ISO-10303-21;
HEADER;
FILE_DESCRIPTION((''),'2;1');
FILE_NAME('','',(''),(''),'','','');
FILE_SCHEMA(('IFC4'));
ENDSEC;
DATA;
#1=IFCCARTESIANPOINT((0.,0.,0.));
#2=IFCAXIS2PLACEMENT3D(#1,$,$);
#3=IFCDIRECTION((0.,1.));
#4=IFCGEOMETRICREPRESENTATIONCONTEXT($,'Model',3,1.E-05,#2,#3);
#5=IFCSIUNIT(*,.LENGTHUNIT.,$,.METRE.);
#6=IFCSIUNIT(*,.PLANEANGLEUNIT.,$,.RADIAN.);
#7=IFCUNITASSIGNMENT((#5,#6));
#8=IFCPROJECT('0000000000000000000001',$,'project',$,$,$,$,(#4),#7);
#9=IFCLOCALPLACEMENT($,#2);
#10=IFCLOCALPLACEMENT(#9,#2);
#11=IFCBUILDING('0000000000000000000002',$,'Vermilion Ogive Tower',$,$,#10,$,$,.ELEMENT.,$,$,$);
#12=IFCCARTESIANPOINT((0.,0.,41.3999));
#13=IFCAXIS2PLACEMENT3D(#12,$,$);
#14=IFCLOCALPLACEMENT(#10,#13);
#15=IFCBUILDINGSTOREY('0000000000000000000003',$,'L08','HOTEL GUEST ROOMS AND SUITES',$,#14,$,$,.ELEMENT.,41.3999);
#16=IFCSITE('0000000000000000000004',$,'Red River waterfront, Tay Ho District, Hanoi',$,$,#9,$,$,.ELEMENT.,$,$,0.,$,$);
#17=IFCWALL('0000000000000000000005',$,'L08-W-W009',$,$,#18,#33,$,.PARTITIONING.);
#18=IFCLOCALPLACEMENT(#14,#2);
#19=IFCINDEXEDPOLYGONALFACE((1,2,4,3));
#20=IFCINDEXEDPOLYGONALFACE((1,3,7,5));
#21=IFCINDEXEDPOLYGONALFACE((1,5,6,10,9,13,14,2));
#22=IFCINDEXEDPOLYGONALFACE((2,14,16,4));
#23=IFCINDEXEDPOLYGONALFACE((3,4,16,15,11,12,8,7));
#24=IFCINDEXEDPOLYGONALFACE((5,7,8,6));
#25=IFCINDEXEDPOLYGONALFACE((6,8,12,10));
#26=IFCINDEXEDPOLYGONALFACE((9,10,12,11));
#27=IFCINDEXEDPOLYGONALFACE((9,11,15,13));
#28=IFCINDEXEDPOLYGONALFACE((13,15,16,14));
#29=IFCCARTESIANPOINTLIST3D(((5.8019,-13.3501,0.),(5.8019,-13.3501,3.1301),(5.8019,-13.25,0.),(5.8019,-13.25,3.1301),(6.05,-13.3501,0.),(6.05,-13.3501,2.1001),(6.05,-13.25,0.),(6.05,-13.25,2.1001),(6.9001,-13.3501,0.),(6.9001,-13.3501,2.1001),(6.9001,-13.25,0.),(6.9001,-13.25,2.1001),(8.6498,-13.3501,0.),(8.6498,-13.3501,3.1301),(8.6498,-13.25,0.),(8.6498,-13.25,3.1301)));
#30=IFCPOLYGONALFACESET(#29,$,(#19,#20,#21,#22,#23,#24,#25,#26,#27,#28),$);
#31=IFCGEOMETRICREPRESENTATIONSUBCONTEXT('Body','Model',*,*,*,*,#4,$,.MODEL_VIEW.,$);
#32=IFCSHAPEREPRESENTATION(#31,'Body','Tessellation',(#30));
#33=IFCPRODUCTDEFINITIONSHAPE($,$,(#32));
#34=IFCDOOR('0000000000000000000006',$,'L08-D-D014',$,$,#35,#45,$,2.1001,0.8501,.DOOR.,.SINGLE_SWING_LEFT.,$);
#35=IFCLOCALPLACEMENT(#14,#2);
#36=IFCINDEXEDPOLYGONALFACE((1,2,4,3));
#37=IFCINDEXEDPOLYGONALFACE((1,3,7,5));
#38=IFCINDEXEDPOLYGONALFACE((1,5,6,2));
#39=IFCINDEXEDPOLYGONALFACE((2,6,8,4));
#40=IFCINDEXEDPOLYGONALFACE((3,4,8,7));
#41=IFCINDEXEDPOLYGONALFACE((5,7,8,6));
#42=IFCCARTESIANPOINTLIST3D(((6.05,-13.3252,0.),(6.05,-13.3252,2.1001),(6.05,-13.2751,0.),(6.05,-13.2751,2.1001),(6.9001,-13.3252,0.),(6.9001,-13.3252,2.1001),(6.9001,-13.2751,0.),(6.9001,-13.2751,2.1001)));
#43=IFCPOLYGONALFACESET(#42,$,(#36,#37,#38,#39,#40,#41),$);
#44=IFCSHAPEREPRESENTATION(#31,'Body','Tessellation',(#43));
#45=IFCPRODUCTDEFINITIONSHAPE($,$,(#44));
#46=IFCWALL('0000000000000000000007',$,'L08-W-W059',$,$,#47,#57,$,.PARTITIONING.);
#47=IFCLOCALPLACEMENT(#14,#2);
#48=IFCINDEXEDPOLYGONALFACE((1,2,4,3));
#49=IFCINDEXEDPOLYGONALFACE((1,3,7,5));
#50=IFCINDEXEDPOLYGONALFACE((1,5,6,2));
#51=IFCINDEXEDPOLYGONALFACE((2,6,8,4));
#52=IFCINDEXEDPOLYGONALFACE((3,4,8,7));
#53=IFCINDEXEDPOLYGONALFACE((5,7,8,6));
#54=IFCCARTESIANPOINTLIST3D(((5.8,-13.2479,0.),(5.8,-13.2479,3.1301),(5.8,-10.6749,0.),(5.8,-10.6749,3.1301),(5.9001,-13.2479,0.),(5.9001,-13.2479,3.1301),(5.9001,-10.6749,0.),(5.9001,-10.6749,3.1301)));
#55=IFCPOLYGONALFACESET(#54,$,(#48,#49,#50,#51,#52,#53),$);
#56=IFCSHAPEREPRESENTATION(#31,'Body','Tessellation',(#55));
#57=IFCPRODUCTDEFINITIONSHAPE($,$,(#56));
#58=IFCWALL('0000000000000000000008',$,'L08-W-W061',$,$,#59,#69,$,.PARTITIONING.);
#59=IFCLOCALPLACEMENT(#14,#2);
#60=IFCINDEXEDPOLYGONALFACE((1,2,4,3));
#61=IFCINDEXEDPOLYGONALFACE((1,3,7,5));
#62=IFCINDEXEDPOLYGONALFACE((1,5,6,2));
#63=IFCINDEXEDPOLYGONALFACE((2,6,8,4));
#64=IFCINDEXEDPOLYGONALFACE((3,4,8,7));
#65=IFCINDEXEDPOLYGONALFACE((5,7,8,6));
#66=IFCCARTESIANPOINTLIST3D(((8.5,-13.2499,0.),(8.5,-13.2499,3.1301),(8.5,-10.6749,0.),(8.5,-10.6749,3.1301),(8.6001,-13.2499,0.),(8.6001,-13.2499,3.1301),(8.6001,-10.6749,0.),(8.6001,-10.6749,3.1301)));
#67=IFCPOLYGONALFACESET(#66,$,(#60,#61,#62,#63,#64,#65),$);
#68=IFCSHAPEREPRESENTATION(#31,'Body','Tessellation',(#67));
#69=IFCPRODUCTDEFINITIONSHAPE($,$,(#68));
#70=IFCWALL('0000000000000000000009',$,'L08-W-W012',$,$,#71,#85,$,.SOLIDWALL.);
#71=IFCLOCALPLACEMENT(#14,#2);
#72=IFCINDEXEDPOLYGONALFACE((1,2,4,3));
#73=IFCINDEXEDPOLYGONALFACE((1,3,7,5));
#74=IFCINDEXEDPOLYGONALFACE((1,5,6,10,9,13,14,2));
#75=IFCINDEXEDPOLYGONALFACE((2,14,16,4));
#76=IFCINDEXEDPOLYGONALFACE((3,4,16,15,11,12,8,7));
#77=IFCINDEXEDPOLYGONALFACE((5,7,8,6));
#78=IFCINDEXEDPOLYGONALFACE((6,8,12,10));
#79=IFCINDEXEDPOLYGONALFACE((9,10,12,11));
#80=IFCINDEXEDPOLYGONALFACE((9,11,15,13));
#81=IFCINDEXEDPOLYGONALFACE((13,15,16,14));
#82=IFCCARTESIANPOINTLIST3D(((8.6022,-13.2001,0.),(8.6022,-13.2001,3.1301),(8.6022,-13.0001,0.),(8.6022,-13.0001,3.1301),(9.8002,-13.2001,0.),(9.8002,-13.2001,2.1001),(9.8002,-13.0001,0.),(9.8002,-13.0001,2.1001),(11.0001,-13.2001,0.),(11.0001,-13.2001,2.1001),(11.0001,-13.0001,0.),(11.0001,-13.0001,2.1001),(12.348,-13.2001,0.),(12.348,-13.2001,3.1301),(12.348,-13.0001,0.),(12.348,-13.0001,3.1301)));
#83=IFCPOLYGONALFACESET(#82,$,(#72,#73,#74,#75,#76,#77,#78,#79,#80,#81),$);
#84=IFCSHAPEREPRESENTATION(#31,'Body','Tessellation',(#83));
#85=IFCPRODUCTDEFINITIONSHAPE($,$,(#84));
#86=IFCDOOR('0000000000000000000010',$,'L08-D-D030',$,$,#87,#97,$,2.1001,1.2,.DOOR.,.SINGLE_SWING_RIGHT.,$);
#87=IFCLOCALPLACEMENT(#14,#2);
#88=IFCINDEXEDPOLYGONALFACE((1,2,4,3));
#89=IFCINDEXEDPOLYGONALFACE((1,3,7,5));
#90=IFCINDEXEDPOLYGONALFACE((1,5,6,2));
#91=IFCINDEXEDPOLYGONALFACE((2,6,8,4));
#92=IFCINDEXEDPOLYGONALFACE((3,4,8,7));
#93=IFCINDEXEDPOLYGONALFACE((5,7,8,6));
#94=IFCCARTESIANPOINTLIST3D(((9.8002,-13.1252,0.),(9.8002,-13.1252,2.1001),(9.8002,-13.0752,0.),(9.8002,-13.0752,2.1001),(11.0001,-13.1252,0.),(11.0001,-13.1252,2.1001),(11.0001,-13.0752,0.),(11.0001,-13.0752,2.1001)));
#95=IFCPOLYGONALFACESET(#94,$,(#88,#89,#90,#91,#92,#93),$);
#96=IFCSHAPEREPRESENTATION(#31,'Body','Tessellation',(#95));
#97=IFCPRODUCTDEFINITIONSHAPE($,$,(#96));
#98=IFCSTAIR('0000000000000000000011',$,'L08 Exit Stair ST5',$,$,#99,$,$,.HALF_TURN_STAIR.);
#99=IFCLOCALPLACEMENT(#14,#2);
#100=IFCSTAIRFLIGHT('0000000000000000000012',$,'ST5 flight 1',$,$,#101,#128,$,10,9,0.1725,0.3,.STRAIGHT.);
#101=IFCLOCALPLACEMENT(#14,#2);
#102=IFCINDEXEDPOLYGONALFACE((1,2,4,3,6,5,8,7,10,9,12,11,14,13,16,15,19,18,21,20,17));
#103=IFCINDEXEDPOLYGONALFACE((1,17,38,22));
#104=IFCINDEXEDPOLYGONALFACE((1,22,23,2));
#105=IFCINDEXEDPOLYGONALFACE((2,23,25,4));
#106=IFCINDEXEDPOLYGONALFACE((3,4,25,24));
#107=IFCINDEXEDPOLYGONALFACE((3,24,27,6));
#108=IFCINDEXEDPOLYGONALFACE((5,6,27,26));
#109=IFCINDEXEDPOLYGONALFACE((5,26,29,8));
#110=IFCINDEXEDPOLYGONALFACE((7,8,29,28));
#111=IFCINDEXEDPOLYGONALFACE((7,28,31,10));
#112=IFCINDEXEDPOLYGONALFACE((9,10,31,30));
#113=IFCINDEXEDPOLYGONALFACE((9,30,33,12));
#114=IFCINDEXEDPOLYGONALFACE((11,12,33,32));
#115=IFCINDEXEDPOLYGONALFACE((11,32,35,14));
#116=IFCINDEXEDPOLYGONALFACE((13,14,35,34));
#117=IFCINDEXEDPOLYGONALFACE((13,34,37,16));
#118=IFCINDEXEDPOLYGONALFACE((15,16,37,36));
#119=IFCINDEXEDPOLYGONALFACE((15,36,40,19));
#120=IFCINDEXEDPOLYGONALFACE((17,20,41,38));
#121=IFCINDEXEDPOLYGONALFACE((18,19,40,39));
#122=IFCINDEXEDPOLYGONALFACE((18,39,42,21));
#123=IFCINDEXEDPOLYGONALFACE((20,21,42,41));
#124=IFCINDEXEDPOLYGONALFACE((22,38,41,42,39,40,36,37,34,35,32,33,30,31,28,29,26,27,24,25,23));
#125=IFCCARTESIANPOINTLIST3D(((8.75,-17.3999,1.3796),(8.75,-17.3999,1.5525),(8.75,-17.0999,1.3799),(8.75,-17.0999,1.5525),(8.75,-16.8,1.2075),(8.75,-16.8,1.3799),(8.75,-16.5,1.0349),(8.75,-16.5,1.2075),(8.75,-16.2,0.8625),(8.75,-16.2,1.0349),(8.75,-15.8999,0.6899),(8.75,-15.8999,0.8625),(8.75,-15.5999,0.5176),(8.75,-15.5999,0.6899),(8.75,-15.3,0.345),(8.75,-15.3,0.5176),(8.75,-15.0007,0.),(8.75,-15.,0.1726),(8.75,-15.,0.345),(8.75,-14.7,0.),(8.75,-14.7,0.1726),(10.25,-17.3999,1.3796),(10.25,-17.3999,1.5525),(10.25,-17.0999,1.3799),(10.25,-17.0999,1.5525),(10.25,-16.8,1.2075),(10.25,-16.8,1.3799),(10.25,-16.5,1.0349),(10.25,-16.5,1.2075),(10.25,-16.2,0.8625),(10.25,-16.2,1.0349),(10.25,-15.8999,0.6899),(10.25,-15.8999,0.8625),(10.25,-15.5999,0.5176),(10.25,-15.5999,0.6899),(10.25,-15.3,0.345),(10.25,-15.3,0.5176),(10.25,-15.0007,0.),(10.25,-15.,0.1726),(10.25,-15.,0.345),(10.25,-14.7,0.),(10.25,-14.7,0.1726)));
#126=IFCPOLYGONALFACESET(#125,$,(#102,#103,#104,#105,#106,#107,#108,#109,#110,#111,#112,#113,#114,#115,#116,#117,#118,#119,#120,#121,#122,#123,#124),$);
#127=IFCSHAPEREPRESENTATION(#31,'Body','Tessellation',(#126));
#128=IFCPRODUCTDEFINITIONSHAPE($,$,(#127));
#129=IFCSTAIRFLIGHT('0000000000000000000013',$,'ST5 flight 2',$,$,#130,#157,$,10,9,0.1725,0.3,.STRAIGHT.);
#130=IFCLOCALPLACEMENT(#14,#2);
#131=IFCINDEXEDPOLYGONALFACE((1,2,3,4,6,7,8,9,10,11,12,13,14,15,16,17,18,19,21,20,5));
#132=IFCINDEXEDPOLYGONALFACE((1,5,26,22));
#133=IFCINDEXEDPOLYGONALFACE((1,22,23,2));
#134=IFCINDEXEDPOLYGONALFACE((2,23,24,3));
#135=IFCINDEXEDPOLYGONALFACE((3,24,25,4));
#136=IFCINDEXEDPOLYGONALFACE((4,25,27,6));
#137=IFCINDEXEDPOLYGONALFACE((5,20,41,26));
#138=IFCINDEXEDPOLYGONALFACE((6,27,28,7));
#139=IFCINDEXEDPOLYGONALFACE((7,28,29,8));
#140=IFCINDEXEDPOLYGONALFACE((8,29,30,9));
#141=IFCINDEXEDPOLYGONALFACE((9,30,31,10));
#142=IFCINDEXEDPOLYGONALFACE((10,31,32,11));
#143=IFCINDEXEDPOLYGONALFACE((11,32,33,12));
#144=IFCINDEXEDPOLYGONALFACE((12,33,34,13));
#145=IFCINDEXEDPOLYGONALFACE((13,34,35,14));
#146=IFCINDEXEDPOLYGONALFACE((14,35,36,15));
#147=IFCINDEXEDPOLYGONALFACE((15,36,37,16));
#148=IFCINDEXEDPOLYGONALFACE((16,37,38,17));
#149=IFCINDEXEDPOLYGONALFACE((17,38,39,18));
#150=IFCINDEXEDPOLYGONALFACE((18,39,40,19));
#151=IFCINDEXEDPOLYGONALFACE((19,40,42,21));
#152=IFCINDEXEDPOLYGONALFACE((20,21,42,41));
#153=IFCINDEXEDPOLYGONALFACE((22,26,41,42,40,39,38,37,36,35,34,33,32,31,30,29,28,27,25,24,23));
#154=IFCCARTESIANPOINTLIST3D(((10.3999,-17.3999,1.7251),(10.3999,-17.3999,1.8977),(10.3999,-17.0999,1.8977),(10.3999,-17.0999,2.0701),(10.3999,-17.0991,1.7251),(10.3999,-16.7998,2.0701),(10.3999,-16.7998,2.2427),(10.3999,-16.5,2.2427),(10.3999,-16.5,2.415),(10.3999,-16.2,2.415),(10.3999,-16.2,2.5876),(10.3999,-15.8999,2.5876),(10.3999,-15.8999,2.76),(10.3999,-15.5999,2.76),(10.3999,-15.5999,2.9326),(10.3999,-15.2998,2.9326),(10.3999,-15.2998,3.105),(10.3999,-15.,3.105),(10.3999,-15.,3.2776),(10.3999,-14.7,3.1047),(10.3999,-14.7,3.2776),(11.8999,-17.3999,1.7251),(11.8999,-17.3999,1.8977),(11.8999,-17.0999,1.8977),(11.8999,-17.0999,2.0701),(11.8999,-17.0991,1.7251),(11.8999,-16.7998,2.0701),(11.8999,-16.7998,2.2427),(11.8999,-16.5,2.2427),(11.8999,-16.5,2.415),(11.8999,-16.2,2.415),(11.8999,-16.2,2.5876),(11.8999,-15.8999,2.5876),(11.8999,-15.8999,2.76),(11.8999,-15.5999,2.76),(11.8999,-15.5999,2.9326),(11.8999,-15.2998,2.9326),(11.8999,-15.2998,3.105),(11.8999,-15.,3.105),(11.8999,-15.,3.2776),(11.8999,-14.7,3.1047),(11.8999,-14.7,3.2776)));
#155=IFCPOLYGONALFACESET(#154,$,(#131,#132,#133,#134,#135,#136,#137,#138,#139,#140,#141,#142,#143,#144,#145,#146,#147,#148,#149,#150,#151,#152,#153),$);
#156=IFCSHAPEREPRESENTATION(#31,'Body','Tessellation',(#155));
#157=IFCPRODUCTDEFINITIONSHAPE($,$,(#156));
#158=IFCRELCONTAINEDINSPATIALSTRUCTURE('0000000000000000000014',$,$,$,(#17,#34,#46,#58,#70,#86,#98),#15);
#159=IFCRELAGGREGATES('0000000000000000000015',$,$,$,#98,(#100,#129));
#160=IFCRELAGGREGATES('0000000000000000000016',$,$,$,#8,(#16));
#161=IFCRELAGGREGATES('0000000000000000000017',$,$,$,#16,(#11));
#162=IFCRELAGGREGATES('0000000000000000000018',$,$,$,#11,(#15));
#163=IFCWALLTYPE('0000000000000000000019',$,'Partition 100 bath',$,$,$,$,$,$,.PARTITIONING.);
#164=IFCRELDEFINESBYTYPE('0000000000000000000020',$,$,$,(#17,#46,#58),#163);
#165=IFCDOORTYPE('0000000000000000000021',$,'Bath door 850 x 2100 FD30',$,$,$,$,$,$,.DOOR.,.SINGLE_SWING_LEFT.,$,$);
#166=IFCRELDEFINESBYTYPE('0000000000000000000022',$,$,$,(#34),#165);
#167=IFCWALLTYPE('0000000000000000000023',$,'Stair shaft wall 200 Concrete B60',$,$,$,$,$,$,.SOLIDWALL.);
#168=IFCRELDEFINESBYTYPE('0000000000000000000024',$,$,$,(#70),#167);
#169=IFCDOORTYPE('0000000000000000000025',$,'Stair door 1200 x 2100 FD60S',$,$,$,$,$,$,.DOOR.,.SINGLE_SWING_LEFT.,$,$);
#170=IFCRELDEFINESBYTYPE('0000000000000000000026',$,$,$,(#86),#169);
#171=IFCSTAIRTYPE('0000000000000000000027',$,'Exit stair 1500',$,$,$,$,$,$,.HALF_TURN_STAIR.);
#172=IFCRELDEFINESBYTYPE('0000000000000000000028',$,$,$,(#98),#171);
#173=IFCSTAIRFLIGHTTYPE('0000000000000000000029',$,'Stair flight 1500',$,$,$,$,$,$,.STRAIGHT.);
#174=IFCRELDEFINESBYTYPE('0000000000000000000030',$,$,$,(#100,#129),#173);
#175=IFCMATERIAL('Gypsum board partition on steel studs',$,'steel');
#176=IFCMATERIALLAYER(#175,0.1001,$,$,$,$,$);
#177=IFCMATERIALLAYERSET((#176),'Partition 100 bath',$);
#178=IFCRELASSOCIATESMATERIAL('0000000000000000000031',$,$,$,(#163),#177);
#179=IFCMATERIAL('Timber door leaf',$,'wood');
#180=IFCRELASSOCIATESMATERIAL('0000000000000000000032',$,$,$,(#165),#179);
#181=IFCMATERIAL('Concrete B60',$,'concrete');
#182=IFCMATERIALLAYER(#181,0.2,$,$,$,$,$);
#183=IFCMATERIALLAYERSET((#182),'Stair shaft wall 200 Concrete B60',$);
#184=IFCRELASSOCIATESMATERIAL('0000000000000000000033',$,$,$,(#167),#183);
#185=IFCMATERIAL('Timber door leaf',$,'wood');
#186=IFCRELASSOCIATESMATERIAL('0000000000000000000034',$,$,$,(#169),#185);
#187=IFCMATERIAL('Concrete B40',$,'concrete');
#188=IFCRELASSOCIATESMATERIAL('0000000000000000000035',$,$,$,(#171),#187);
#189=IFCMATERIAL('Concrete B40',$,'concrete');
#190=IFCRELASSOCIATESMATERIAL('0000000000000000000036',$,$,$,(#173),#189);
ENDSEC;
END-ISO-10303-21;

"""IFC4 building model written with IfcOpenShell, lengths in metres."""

from ifc_helpers import new_model, si_unit, direction, frame, frame_2d, origin, place, context, subcontext, project, spatial, polyline, rectangle, outline, extrude, material, layer, layer_set, type_object, element, fill, aggregate, save


model = new_model("IFC4")

# Units and contexts
model_context = context("Model", 3, precision=1e-05, world=origin(), true_north=direction((0.0, 1.0)))
body_context = subcontext(model_context, "Body", "Model", "MODEL_VIEW")
ifc_project = project(units=[si_unit("LENGTHUNIT", "METRE"), si_unit("PLANEANGLEUNIT", "RADIAN")], contexts=[model_context])

# Site, building, storey
site_placement = place(None, origin())
site = spatial("IfcSite", under=ifc_project, at=site_placement, Name="Red River waterfront, Tay Ho District, Hanoi", CompositionType="ELEMENT", RefElevation=0.0)
building_placement = place(site_placement, origin())
building = spatial("IfcBuilding", under=site, at=building_placement, Name="Vermilion Ogive Tower", CompositionType="ELEMENT")
storey_placement = place(building_placement, frame((0.0, 0.0, 41.3999)))
storey = spatial("IfcBuildingStorey", under=building, at=storey_placement, Name="L08", Description="HOTEL GUEST ROOMS AND SUITES", CompositionType="ELEMENT", Elevation=41.3999)

# Wall, opening, door
ifc_material_1 = material(Name="Gypsum board partition on steel studs", Category="steel")
ifc_layer_1 = layer(ifc_material_1, 0.1001)
ifc_layer_set_1 = layer_set([ifc_layer_1], Name="Partition 100 bath")
wall_type_1 = type_object("IfcWallType", Name="Partition 100 bath", PredefinedType="PARTITIONING", material=ifc_layer_set_1)
wall_1_placement = place(storey_placement, frame((5.802, -13.3, 0.0), z_axis=(0.0, 0.0, 1.0), x_axis=(1.0, 0.0, 0.0)))
wall_1 = element("IfcWall", 1, at=wall_1_placement, inside=storey, type_object=wall_type_1, Name="L08-W-W009", PredefinedType="PARTITIONING", context=body_context, shape_type="SweptSolid", body=[
    extrude(rectangle(XDim=2.8479, YDim=0.1001, at=frame_2d((1.4238, 0.0))), origin(), (0.0, 0.0, 1.0), 3.1301),
])
opening_1_placement = place(wall_1_placement, frame((0.248, 0.0, 0.0)))
opening_1 = element("IfcOpeningElement", 2, at=opening_1_placement, cuts=wall_1, PredefinedType="OPENING", context=body_context, shape_type="SweptSolid", body=[
    extrude(rectangle(XDim=0.8501, YDim=2.1001, at=frame_2d((0.425, 1.05))), frame((0.0, 0.0601, 0.0), z_axis=(0.0, -1.0, 0.0), x_axis=(1.0, 0.0, 0.0)), (0.0, 0.0, 1.0), 0.1201),
])
ifc_material_2 = material(Name="Timber door leaf", Category="wood")
door_type_1 = type_object("IfcDoorType", Name="Bath door 850 x 2100 FD30", OperationType="SINGLE_SWING_LEFT", PredefinedType="DOOR", material=ifc_material_2)
door_1_placement = place(opening_1_placement, origin())
door_1 = element("IfcDoor", 3, at=door_1_placement, inside=storey, type_object=door_type_1, Name="L08-D-D014", OperationType="SINGLE_SWING_LEFT", OverallHeight=2.1001, OverallWidth=0.8501, PredefinedType="DOOR", context=body_context, shape_type="SweptSolid", body=[
    extrude(rectangle(XDim=0.8501, YDim=2.1001, at=frame_2d((0.425, 1.05))), frame((0.0, 0.0249, 0.0), z_axis=(0.0, -1.0, 0.0), x_axis=(1.0, 0.0, 0.0)), (0.0, 0.0, 1.0), 0.05),
])
fill(opening_1, door_1)

# Walls
wall_2_placement = place(storey_placement, frame((5.8501, -13.248, 0.0), z_axis=(0.0, 0.0, 1.0), x_axis=(0.0, 1.0, 0.0)))
element("IfcWall", 4, at=wall_2_placement, inside=storey, type_object=wall_type_1, Name="L08-W-W059", PredefinedType="PARTITIONING", context=body_context, shape_type="SweptSolid", body=[
    extrude(rectangle(XDim=2.573, YDim=0.1001, at=frame_2d((1.2866, 0.0))), origin(), (0.0, 0.0, 1.0), 3.1301),
])
wall_3_placement = place(storey_placement, frame((8.55, -13.25, 0.0), z_axis=(0.0, 0.0, 1.0), x_axis=(0.0, 1.0, 0.0)))
element("IfcWall", 5, at=wall_3_placement, inside=storey, type_object=wall_type_1, Name="L08-W-W061", PredefinedType="PARTITIONING", context=body_context, shape_type="SweptSolid", body=[
    extrude(rectangle(XDim=2.575, YDim=0.1001, at=frame_2d((1.2876, 0.0))), origin(), (0.0, 0.0, 1.0), 3.1301),
])

# Wall, opening, door
ifc_material_3 = material(Name="Concrete B60", Category="concrete")
ifc_layer_2 = layer(ifc_material_3, 0.2)
ifc_layer_set_2 = layer_set([ifc_layer_2], Name="Stair shaft wall 200 Concrete B60")
wall_type_2 = type_object("IfcWallType", Name="Stair shaft wall 200 Concrete B60", PredefinedType="SOLIDWALL", material=ifc_layer_set_2)
wall_4_placement = place(storey_placement, frame((8.6021, -13.1001, 0.0), z_axis=(0.0, 0.0, 1.0), x_axis=(1.0, 0.0, 0.0)))
wall_4 = element("IfcWall", 6, at=wall_4_placement, inside=storey, type_object=wall_type_2, Name="L08-W-W012", PredefinedType="SOLIDWALL", context=body_context, shape_type="SweptSolid", body=[
    extrude(rectangle(XDim=3.7458, YDim=0.2, at=frame_2d((1.873, 0.0))), origin(), (0.0, 0.0, 1.0), 3.1301),
])
opening_2_placement = place(wall_4_placement, frame((1.198, 0.0, 0.0)))
opening_2 = element("IfcOpeningElement", 7, at=opening_2_placement, cuts=wall_4, PredefinedType="OPENING", context=body_context, shape_type="SweptSolid", body=[
    extrude(rectangle(XDim=1.2, YDim=2.1001, at=frame_2d((0.6001, 1.05))), frame((0.0, 0.1099, 0.0), z_axis=(0.0, -1.0, 0.0), x_axis=(1.0, 0.0, 0.0)), (0.0, 0.0, 1.0), 0.22),
])
ifc_material_4 = material(Name="Timber door leaf", Category="wood")
door_type_2 = type_object("IfcDoorType", Name="Stair door 1200 x 2100 FD60S", OperationType="SINGLE_SWING_LEFT", PredefinedType="DOOR", material=ifc_material_4)
door_2_placement = place(opening_2_placement, origin())
door_2 = element("IfcDoor", 8, at=door_2_placement, inside=storey, type_object=door_type_2, Name="L08-D-D030", OperationType="SINGLE_SWING_RIGHT", OverallHeight=2.1001, OverallWidth=1.2, PredefinedType="DOOR", context=body_context, shape_type="SweptSolid", body=[
    extrude(rectangle(XDim=1.2, YDim=2.1001, at=frame_2d((0.6001, 1.05))), frame((0.0, 0.0249, 0.0), z_axis=(0.0, -1.0, 0.0), x_axis=(1.0, 0.0, 0.0)), (0.0, 0.0, 1.0), 0.05),
])
fill(opening_2, door_2)

# Stair, stair flights
ifc_material_5 = material(Name="Concrete B40", Category="concrete")
stair_type = type_object("IfcStairType", Name="Exit stair 1500", PredefinedType="HALF_TURN_STAIR", material=ifc_material_5)
stair_placement = place(storey_placement, origin())
stair = element("IfcStair", 9, at=stair_placement, inside=storey, type_object=stair_type, Name="L08 Exit Stair ST5", PredefinedType="HALF_TURN_STAIR")
ifc_material_6 = material(Name="Concrete B40", Category="concrete")
stair_flight_type = type_object("IfcStairFlightType", Name="Stair flight 1500", PredefinedType="STRAIGHT", material=ifc_material_6)
stair_flight_1_placement = place(storey_placement, frame((9.5, -14.7, 0.0), z_axis=(0.0, 0.0, 1.0), x_axis=(0.0, -1.0, 0.0)))
stair_flight_1 = element("IfcStairFlight", 10, at=stair_flight_1_placement, type_object=stair_flight_type, Name="ST5 flight 1", NumberOfRisers=10, NumberOfTreads=9, PredefinedType="STRAIGHT", RiserHeight=0.1725, TreadLength=0.3, context=body_context, shape_type="SweptSolid", body=[
    extrude(outline(polyline([(0.0, 0.0), (0.0, 0.1726), (0.3, 0.1726), (0.3, 0.345), (0.6001, 0.345), (0.6001, 0.5176), (0.8999, 0.5176), (0.8999, 0.6899), (1.2, 0.6899), (1.2, 0.8625), (1.5, 0.8625), (1.5, 1.0349), (1.8, 1.0349), (1.8, 1.2075), (2.1001, 1.2075), (2.1001, 1.3799), (2.3999, 1.3799), (2.3999, 1.5525), (2.7, 1.5525), (2.7, 1.7251), (2.7, 1.3796), (0.3008, 0.0), (0.0, 0.0)])), frame((0.0, 0.75, 0.0), z_axis=(0.0, -1.0, 0.0), x_axis=(1.0, 0.0, 0.0)), (0.0, 0.0, 1.0), 1.5),
])
stair_flight_2_placement = place(storey_placement, frame((11.1499, -17.3999, 1.7251), z_axis=(0.0, 0.0, 1.0), x_axis=(0.0, 1.0, 0.0)))
stair_flight_2 = element("IfcStairFlight", 11, at=stair_flight_2_placement, type_object=stair_flight_type, Name="ST5 flight 2", NumberOfRisers=10, NumberOfTreads=9, PredefinedType="STRAIGHT", RiserHeight=0.1725, TreadLength=0.3, context=body_context, shape_type="SweptSolid", body=[
    extrude(outline(polyline([(0.0, 0.0), (0.0, 0.1726), (0.3, 0.1726), (0.3, 0.345), (0.6001, 0.345), (0.6001, 0.5176), (0.8999, 0.5176), (0.8999, 0.6899), (1.2, 0.6899), (1.2, 0.8625), (1.5, 0.8625), (1.5, 1.0349), (1.8, 1.0349), (1.8, 1.2075), (2.1001, 1.2075), (2.1001, 1.3799), (2.3999, 1.3799), (2.3999, 1.5525), (2.7, 1.5525), (2.7, 1.7251), (2.7, 1.3796), (0.3008, 0.0), (0.0, 0.0)])), frame((0.0, 0.75, 0.0), z_axis=(0.0, -1.0, 0.0), x_axis=(1.0, 0.0, 0.0)), (0.0, 0.0, 1.0), 1.5),
])
aggregate(stair, [stair_flight_1, stair_flight_2])

save(model, "model.ifc")
